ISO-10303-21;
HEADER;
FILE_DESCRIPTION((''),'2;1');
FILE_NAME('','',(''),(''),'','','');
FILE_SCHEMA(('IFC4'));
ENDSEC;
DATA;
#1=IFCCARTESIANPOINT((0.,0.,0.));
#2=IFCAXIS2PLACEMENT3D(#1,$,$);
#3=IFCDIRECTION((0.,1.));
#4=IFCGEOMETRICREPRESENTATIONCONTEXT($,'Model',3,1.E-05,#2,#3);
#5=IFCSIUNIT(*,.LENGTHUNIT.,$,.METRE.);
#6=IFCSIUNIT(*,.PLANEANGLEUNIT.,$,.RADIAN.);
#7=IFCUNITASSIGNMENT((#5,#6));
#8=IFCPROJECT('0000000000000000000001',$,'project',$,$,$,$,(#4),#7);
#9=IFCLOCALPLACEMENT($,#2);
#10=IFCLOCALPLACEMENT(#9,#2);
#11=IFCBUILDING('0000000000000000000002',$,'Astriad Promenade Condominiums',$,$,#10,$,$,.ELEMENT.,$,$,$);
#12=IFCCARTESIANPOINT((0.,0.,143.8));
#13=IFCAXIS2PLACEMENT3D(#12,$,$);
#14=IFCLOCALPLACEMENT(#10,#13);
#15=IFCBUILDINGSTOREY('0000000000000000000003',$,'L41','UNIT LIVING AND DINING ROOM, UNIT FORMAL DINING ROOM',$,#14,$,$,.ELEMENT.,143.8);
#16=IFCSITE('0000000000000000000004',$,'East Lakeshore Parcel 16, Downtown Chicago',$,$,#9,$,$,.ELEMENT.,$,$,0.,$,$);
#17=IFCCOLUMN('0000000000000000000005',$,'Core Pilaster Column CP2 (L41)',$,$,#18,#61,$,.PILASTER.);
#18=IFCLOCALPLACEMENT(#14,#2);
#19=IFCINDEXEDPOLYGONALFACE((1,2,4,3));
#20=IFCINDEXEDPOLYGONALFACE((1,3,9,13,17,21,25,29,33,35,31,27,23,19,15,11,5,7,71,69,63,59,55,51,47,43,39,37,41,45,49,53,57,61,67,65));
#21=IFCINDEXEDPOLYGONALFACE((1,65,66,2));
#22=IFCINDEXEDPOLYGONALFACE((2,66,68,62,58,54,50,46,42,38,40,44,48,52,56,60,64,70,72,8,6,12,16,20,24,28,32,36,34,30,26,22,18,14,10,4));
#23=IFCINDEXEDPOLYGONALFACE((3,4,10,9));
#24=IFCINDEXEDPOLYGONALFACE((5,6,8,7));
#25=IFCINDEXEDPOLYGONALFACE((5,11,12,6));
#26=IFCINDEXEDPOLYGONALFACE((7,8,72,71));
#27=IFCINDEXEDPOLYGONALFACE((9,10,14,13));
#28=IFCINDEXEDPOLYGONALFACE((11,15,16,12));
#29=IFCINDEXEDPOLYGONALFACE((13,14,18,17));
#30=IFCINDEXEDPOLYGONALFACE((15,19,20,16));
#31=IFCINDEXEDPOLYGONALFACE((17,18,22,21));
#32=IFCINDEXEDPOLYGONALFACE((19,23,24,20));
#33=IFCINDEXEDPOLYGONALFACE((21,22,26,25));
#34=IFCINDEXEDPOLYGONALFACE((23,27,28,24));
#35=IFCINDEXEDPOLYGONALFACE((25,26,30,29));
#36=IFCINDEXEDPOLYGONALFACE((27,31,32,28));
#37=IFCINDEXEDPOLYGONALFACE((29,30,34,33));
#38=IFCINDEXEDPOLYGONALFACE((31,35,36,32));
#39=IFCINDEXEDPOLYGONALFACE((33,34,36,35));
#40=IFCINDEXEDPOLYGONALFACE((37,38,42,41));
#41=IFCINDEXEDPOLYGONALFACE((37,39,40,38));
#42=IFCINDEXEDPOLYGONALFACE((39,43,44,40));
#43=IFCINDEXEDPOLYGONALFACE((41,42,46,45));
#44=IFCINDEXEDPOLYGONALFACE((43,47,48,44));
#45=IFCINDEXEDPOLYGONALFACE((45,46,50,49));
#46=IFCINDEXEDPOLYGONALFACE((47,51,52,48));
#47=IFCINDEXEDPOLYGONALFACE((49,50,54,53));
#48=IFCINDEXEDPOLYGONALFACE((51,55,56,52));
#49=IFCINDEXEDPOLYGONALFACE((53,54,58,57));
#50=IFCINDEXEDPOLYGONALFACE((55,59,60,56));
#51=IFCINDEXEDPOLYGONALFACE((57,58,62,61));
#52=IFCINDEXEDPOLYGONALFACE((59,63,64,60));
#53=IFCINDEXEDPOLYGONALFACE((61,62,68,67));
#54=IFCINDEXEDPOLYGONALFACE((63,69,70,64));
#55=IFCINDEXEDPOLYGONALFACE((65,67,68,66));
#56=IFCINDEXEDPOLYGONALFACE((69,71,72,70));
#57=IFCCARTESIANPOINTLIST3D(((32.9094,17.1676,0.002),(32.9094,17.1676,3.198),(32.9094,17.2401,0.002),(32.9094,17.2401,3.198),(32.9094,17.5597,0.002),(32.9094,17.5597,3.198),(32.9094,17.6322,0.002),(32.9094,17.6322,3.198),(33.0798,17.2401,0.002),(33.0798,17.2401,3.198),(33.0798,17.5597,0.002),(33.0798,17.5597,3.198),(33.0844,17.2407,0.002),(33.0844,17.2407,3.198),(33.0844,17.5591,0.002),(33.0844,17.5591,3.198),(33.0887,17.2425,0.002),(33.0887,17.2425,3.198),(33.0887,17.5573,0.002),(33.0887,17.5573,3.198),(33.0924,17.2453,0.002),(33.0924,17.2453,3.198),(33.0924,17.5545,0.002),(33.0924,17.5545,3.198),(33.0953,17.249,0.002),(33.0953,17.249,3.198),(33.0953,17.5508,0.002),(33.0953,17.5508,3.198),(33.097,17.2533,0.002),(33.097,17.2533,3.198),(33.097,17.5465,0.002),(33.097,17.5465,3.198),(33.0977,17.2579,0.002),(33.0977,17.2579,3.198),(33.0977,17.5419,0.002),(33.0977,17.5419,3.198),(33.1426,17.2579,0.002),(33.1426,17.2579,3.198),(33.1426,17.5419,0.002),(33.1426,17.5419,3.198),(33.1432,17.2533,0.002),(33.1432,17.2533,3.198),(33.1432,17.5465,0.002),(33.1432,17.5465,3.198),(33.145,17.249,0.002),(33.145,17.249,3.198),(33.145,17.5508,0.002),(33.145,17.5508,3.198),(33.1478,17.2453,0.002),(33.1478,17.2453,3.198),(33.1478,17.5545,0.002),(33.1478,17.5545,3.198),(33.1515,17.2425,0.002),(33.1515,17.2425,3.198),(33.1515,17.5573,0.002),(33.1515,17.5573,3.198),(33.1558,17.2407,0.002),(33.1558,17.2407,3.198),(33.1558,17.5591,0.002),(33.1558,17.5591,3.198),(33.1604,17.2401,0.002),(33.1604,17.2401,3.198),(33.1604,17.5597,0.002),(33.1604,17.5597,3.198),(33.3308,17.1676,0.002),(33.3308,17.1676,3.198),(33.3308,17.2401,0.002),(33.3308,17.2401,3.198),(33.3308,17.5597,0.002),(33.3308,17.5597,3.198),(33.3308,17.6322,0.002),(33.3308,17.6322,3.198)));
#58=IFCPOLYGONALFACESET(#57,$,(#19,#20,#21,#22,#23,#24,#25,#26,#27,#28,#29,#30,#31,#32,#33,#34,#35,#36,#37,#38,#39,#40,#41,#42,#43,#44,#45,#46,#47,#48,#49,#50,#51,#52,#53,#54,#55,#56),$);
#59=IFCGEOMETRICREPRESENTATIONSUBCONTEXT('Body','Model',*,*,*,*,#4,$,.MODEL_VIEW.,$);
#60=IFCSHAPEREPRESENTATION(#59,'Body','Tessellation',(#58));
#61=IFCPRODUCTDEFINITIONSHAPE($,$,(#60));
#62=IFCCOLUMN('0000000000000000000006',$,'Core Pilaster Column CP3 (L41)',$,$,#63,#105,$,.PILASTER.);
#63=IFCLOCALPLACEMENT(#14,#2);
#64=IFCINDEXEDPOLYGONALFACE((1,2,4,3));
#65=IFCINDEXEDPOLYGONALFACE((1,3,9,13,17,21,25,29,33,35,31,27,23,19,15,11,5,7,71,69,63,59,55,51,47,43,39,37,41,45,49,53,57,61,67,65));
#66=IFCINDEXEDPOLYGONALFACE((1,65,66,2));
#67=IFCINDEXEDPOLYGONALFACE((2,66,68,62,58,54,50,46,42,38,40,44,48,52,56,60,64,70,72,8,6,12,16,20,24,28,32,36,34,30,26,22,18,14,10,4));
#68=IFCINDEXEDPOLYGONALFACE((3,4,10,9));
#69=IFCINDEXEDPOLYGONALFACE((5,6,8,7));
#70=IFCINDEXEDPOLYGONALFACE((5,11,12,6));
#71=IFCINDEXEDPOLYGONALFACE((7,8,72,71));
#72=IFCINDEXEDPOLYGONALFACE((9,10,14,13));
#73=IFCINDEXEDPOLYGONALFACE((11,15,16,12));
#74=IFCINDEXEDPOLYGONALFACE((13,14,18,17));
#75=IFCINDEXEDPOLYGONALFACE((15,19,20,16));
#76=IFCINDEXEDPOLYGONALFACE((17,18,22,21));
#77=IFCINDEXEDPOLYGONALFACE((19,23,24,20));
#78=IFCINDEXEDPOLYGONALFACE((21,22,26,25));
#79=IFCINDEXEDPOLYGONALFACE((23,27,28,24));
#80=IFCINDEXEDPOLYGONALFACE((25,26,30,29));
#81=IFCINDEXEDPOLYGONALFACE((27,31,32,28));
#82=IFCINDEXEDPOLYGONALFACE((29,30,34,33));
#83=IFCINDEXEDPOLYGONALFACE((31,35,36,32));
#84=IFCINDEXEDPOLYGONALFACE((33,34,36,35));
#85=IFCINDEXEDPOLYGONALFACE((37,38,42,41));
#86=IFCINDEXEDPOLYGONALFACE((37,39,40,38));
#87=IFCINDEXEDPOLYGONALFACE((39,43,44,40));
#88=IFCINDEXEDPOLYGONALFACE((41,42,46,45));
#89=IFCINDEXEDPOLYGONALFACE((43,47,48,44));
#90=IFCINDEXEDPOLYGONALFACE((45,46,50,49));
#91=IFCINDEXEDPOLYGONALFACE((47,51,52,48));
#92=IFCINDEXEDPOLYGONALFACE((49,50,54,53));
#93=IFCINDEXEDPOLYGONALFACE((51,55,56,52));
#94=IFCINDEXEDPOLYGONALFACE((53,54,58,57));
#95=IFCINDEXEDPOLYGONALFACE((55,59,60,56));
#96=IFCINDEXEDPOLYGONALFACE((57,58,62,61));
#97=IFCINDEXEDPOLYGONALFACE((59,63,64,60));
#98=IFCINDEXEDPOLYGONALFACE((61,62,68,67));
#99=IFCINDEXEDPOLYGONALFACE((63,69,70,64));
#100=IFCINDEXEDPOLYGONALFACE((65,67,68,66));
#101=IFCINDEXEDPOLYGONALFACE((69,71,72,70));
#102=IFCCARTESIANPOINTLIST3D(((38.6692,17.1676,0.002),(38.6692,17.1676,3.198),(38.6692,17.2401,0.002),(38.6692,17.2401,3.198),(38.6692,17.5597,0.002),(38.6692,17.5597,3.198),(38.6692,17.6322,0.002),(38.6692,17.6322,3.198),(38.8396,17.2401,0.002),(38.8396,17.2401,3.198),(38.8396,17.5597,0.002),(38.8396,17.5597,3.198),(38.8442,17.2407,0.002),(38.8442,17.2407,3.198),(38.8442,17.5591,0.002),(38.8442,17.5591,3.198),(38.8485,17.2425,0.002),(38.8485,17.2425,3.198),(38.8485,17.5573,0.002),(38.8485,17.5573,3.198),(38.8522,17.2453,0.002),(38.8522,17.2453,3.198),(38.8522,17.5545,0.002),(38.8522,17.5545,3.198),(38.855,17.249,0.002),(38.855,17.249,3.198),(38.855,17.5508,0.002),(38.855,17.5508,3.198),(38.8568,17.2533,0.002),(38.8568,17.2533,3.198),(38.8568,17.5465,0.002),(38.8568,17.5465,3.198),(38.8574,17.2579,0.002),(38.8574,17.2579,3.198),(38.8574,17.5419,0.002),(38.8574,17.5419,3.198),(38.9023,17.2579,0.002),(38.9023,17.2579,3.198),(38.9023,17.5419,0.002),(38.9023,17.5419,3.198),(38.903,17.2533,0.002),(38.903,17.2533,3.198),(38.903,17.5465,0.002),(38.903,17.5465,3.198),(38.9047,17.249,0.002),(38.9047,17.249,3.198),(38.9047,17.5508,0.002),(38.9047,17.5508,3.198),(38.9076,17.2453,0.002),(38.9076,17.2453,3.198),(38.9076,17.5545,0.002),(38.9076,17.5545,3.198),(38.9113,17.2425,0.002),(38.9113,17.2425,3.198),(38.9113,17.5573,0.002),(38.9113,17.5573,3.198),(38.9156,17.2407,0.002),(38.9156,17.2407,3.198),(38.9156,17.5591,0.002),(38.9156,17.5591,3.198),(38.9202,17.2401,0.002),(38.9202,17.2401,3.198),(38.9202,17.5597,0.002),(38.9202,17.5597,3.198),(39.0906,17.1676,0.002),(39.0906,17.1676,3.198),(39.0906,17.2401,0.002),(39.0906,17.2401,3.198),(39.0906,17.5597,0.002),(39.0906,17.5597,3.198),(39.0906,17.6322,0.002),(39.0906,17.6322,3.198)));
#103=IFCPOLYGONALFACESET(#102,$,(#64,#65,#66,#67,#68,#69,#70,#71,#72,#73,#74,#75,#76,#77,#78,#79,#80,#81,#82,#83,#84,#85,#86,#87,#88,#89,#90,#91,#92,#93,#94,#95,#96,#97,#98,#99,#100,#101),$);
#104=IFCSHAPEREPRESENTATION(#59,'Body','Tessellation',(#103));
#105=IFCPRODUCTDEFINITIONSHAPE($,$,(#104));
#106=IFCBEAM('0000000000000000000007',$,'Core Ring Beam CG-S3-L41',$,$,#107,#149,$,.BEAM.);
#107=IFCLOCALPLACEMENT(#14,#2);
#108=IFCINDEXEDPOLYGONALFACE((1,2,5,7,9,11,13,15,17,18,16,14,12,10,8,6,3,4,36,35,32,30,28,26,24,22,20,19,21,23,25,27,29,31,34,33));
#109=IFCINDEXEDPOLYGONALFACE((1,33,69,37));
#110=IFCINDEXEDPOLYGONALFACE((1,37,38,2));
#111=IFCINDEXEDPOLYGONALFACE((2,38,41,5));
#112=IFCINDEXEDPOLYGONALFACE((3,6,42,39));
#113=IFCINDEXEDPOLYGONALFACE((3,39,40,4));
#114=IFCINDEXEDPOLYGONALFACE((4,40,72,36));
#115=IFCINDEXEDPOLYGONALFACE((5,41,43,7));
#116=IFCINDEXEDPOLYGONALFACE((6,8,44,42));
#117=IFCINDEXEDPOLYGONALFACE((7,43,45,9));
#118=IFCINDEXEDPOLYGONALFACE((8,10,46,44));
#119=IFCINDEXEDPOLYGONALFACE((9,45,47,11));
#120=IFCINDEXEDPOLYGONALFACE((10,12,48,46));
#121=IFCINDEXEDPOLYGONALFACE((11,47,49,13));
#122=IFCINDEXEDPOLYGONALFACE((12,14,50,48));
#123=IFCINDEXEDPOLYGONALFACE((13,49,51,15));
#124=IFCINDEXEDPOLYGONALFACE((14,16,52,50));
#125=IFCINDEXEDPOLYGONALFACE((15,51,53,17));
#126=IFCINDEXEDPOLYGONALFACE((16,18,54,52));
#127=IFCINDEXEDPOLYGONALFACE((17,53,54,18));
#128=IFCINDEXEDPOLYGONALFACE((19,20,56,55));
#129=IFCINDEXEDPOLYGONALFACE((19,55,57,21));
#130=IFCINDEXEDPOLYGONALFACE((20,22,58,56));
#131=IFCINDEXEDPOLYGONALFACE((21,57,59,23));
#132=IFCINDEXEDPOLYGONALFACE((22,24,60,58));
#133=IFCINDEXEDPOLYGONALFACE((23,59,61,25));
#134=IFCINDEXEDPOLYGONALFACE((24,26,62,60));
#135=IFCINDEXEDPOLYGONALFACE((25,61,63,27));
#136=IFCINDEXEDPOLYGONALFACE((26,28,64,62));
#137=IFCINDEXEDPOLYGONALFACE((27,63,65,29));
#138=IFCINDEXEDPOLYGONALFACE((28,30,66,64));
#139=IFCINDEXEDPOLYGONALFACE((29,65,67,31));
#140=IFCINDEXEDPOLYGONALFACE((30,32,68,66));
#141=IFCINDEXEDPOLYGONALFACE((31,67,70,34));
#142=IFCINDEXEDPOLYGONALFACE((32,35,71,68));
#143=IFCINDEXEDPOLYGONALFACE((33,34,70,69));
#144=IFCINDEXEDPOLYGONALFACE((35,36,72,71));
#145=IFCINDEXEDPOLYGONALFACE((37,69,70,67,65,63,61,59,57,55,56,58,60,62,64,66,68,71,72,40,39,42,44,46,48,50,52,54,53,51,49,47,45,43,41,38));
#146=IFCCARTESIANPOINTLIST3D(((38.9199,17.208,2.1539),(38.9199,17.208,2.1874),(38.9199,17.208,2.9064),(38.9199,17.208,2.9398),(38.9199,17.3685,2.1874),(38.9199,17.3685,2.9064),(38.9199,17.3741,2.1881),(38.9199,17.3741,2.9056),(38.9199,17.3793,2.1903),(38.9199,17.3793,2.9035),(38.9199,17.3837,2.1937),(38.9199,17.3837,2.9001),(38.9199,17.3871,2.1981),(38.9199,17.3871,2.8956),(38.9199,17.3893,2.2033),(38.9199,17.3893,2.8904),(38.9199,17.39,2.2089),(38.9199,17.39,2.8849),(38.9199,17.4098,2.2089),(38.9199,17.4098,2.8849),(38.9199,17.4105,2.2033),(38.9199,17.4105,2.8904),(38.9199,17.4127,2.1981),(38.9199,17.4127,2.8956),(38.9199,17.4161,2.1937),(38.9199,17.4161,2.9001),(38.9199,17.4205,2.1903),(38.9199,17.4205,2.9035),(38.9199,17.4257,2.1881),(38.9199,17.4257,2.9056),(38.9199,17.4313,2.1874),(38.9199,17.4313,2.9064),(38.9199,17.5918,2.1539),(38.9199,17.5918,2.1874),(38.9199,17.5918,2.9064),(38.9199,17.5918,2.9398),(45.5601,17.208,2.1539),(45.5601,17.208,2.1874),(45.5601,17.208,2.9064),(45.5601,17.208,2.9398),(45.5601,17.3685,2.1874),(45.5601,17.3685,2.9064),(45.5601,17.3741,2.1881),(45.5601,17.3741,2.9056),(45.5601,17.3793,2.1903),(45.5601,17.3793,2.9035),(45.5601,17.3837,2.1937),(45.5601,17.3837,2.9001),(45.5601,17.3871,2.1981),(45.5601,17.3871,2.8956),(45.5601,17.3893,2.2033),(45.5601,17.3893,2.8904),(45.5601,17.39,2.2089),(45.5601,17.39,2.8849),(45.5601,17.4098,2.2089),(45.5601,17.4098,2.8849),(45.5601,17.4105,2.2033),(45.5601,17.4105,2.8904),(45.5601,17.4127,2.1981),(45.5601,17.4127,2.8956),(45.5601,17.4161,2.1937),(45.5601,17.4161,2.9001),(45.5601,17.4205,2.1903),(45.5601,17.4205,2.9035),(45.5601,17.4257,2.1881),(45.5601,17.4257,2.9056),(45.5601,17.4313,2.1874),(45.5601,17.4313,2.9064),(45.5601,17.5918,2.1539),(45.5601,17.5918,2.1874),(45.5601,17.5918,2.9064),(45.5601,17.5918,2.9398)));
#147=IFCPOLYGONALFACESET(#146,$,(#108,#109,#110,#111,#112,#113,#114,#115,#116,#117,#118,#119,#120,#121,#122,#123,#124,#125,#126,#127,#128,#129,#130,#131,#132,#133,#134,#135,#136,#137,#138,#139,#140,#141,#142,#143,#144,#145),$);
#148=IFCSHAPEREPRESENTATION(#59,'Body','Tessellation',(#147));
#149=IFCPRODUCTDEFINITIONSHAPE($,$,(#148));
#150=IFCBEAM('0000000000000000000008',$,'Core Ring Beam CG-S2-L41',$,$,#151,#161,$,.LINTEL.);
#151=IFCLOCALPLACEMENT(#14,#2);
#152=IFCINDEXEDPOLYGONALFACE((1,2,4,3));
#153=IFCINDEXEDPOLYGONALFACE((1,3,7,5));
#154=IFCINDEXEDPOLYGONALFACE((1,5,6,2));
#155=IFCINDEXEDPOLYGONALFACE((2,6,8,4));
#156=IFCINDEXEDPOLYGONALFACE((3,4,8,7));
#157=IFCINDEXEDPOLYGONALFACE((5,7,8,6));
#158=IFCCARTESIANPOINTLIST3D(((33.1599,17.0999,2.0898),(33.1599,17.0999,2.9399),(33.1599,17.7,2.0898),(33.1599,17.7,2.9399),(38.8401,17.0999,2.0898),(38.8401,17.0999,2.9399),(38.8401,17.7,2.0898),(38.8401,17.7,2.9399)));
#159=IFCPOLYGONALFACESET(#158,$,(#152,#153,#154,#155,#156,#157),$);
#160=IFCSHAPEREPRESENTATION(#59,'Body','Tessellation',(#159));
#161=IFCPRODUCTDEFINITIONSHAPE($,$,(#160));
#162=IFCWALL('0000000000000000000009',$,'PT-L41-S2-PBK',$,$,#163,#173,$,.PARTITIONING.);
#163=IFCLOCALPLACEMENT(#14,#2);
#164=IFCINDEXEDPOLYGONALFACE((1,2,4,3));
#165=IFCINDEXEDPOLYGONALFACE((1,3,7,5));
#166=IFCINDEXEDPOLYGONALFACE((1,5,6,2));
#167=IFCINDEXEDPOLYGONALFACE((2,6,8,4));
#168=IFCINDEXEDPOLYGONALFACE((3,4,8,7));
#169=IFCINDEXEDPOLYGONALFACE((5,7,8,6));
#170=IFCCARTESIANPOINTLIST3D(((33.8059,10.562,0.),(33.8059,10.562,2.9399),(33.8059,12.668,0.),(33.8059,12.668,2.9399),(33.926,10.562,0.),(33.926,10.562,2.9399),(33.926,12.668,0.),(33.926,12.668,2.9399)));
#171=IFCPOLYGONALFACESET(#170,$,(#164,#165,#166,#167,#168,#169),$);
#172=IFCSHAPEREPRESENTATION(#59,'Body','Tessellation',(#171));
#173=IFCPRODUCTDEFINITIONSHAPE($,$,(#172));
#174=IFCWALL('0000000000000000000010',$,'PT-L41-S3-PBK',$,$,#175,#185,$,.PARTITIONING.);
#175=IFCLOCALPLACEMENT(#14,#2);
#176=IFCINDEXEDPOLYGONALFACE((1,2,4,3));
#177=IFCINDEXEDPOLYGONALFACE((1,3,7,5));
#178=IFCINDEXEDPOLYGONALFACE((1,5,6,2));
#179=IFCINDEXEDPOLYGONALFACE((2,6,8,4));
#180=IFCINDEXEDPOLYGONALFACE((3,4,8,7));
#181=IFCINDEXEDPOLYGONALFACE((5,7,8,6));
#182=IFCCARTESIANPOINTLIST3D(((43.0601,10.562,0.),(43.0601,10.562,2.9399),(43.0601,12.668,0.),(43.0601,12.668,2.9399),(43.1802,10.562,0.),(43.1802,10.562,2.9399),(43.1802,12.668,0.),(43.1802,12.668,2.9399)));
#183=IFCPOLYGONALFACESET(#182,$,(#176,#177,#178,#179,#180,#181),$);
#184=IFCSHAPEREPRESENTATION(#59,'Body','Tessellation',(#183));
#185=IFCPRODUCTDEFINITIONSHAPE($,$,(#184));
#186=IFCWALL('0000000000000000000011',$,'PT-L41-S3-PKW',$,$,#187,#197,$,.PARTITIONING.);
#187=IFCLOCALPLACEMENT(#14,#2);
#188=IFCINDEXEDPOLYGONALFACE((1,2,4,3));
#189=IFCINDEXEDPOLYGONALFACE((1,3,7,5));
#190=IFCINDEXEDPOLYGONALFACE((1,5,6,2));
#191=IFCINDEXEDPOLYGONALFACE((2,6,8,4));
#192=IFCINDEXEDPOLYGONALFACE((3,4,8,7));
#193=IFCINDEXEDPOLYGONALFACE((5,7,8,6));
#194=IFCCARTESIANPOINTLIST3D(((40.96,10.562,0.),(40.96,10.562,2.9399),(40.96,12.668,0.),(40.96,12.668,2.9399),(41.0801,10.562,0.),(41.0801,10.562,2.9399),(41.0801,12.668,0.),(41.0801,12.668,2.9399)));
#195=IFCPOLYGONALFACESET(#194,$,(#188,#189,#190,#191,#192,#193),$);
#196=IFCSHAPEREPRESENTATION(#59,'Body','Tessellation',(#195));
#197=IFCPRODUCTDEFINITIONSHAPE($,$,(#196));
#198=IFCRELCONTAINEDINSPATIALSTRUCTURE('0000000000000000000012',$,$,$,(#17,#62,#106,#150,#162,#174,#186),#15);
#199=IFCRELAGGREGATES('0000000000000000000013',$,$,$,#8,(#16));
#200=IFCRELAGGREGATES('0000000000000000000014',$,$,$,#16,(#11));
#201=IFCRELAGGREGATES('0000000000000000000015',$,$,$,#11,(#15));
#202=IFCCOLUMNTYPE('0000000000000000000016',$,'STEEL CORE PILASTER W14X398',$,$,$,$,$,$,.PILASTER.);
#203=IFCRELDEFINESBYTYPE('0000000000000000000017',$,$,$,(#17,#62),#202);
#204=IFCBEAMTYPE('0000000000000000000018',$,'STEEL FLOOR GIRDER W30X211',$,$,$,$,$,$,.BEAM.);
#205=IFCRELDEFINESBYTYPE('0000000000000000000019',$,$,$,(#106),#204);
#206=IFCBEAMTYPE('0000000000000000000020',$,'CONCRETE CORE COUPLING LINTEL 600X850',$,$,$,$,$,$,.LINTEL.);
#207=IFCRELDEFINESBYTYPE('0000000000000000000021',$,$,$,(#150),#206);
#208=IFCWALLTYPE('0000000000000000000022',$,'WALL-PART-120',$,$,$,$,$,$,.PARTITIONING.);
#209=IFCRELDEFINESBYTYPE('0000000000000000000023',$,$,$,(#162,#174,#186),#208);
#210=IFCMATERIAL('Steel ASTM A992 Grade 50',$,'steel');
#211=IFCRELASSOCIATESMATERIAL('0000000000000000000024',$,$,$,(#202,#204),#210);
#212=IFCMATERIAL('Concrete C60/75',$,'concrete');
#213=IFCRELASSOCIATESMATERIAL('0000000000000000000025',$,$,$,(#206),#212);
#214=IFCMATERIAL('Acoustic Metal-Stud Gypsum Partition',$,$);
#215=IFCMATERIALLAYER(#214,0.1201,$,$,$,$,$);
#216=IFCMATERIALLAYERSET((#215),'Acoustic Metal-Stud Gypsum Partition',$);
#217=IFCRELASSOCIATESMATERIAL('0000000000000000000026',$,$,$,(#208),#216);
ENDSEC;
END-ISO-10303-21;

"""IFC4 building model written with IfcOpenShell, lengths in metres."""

from ifc_helpers import new_model, si_unit, direction, frame, frame_2d, origin, origin_2d, place, context, subcontext, project, spatial, rectangle, i_section, extrude, source, transform, mapped, material, layer, layer_set, material_profile, profile_set, type_object, type_shapes, element, save


model = new_model("IFC4")

# Units and contexts
model_context = context("Model", 3, precision=1e-05, world=origin(), true_north=direction((0.0, 1.0)))
body_context = subcontext(model_context, "Body", "Model", "MODEL_VIEW")
ifc_project = project(units=[si_unit("LENGTHUNIT", "METRE"), si_unit("PLANEANGLEUNIT", "RADIAN")], contexts=[model_context])

# Site, building, storey
site_placement = place(None, origin())
site = spatial("IfcSite", under=ifc_project, at=site_placement, Name="East Lakeshore Parcel 16, Downtown Chicago", CompositionType="ELEMENT", RefElevation=0.0)
building_placement = place(site_placement, origin())
building = spatial("IfcBuilding", under=site, at=building_placement, Name="Astriad Promenade Condominiums", CompositionType="ELEMENT")
storey_placement = place(building_placement, frame((0.0, 0.0, 143.8)))
storey = spatial("IfcBuildingStorey", under=building, at=storey_placement, Name="L41", Description="UNIT LIVING AND DINING ROOM, UNIT FORMAL DINING ROOM", CompositionType="ELEMENT", Elevation=143.8)

# Columns
ifc_material_1 = material(Name="Steel ASTM A992 Grade 50", Category="steel")
ifc_material_profile_1 = material_profile(ifc_material_1, i_section(OverallWidth=0.4214, OverallDepth=0.4646, WebThickness=0.0449, FlangeThickness=0.0725, FilletRadius=0.0178, at=origin_2d()), Name="W14X398")
ifc_profile_set_1 = profile_set([ifc_material_profile_1], Name="Steel ASTM A992 Grade 50")
column_type = type_object("IfcColumnType", Name="STEEL CORE PILASTER W14X398", PredefinedType="PILASTER", material=ifc_profile_set_1)
shared_shape_1 = source(origin(), body_context, "Body", "SweptSolid", [
    extrude(i_section(OverallWidth=0.4214, OverallDepth=0.4646, WebThickness=0.0449, FlangeThickness=0.0725, FilletRadius=0.0178, at=origin_2d()), origin(), (0.0, 0.0, 1.0), 3.196),
])
type_shapes(column_type, [shared_shape_1])
for number, where, z_axis, x_axis, name in (
    (1, (33.1201, 17.3999, 0.002), (0.0, 0.0, 1.0), (1.0, 0.0, 0.0), "Core Pilaster Column CP2 (L41)"),
    (2, (38.8799, 17.3999, 0.002), (0.0, 0.0, 1.0), (1.0, 0.0, 0.0), "Core Pilaster Column CP3 (L41)"),
):
    element("IfcColumn", number, at=place(storey_placement, frame(where, z_axis=z_axis, x_axis=x_axis)), inside=storey, type_object=column_type, Name=name, PredefinedType="PILASTER", context=body_context, shape_type="MappedRepresentation", body=[
        mapped(shared_shape_1, transform((0.0, 0.0, 0.0), scale=1.0)),
    ])

# Beams
ifc_material_profile_2 = material_profile(ifc_material_1, i_section(OverallWidth=0.3838, OverallDepth=0.7859, WebThickness=0.0198, FlangeThickness=0.0334, FilletRadius=0.0215, at=origin_2d()), Name="W30X211")
ifc_profile_set_2 = profile_set([ifc_material_profile_2], Name="Steel ASTM A992 Grade 50")
beam_type_1 = type_object("IfcBeamType", Name="STEEL FLOOR GIRDER W30X211", PredefinedType="BEAM", material=ifc_profile_set_2)
shared_shape_2 = source(origin(), body_context, "Body", "SweptSolid", [
    extrude(i_section(OverallWidth=0.3838, OverallDepth=0.7859, WebThickness=0.0198, FlangeThickness=0.0334, FilletRadius=0.0215, at=origin_2d()), origin(), (0.0, 0.0, 1.0), 6.6401),
])
type_shapes(beam_type_1, [shared_shape_2])
beam_1_placement = place(storey_placement, frame((38.9199, 17.3999, 2.5469), z_axis=(1.0, 0.0, 0.0), x_axis=(0.0, 1.0, 0.0)))
element("IfcBeam", 3, at=beam_1_placement, inside=storey, type_object=beam_type_1, Name="Core Ring Beam CG-S3-L41", PredefinedType="BEAM", context=body_context, shape_type="MappedRepresentation", body=[
    mapped(shared_shape_2, transform((0.0, 0.0, 0.0), scale=1.0)),
])
ifc_material_2 = material(Name="Concrete C60/75", Category="concrete")
ifc_material_profile_3 = material_profile(ifc_material_2, rectangle(XDim=0.6001, YDim=0.8501, at=origin_2d()), Name="RC-BM-600X850")
ifc_profile_set_3 = profile_set([ifc_material_profile_3], Name="Concrete C60/75")
beam_type_2 = type_object("IfcBeamType", Name="CONCRETE CORE COUPLING LINTEL 600X850", PredefinedType="LINTEL", material=ifc_profile_set_3)
shared_shape_3 = source(origin(), body_context, "Body", "SweptSolid", [
    extrude(rectangle(XDim=0.6001, YDim=0.8501, at=origin_2d()), origin(), (0.0, 0.0, 1.0), 5.6802),
])
type_shapes(beam_type_2, [shared_shape_3])
beam_2_placement = place(storey_placement, frame((33.1599, 17.3999, 2.5149), z_axis=(1.0, 0.0, 0.0), x_axis=(0.0, 1.0, 0.0)))
element("IfcBeam", 4, at=beam_2_placement, inside=storey, type_object=beam_type_2, Name="Core Ring Beam CG-S2-L41", PredefinedType="LINTEL", context=body_context, shape_type="MappedRepresentation", body=[
    mapped(shared_shape_3, transform((0.0, 0.0, 0.0), scale=1.0)),
])

# Walls
ifc_material_3 = material(Name="Acoustic Metal-Stud Gypsum Partition")
ifc_layer_1 = layer(ifc_material_3, 0.1201)
ifc_layer_set_1 = layer_set([ifc_layer_1], Name="Acoustic Metal-Stud Gypsum Partition")
wall_type_1 = type_object("IfcWallType", Name="WALL-PART-120", PredefinedType="PARTITIONING", material=ifc_layer_set_1)
for number, where, z_axis, x_axis, name in (
    (5, (33.866, 10.562, 0.0), (0.0, 0.0, 1.0), (0.0, 1.0, 0.0), "PT-L41-S2-PBK"),
    (6, (43.1201, 10.562, 0.0), (0.0, 0.0, 1.0), (0.0, 1.0, 0.0), "PT-L41-S3-PBK"),
    (7, (41.02, 10.562, 0.0), (0.0, 0.0, 1.0), (0.0, 1.0, 0.0), "PT-L41-S3-PKW"),
):
    element("IfcWall", number, at=place(storey_placement, frame(where, z_axis=z_axis, x_axis=x_axis)), inside=storey, type_object=wall_type_1, Name=name, PredefinedType="PARTITIONING", context=body_context, shape_type="SweptSolid", body=[
        extrude(rectangle(XDim=2.106, YDim=0.1201, at=frame_2d((1.053, 0.0))), origin(), (0.0, 0.0, 1.0), 2.9399),
    ])

save(model, "model.ifc")
